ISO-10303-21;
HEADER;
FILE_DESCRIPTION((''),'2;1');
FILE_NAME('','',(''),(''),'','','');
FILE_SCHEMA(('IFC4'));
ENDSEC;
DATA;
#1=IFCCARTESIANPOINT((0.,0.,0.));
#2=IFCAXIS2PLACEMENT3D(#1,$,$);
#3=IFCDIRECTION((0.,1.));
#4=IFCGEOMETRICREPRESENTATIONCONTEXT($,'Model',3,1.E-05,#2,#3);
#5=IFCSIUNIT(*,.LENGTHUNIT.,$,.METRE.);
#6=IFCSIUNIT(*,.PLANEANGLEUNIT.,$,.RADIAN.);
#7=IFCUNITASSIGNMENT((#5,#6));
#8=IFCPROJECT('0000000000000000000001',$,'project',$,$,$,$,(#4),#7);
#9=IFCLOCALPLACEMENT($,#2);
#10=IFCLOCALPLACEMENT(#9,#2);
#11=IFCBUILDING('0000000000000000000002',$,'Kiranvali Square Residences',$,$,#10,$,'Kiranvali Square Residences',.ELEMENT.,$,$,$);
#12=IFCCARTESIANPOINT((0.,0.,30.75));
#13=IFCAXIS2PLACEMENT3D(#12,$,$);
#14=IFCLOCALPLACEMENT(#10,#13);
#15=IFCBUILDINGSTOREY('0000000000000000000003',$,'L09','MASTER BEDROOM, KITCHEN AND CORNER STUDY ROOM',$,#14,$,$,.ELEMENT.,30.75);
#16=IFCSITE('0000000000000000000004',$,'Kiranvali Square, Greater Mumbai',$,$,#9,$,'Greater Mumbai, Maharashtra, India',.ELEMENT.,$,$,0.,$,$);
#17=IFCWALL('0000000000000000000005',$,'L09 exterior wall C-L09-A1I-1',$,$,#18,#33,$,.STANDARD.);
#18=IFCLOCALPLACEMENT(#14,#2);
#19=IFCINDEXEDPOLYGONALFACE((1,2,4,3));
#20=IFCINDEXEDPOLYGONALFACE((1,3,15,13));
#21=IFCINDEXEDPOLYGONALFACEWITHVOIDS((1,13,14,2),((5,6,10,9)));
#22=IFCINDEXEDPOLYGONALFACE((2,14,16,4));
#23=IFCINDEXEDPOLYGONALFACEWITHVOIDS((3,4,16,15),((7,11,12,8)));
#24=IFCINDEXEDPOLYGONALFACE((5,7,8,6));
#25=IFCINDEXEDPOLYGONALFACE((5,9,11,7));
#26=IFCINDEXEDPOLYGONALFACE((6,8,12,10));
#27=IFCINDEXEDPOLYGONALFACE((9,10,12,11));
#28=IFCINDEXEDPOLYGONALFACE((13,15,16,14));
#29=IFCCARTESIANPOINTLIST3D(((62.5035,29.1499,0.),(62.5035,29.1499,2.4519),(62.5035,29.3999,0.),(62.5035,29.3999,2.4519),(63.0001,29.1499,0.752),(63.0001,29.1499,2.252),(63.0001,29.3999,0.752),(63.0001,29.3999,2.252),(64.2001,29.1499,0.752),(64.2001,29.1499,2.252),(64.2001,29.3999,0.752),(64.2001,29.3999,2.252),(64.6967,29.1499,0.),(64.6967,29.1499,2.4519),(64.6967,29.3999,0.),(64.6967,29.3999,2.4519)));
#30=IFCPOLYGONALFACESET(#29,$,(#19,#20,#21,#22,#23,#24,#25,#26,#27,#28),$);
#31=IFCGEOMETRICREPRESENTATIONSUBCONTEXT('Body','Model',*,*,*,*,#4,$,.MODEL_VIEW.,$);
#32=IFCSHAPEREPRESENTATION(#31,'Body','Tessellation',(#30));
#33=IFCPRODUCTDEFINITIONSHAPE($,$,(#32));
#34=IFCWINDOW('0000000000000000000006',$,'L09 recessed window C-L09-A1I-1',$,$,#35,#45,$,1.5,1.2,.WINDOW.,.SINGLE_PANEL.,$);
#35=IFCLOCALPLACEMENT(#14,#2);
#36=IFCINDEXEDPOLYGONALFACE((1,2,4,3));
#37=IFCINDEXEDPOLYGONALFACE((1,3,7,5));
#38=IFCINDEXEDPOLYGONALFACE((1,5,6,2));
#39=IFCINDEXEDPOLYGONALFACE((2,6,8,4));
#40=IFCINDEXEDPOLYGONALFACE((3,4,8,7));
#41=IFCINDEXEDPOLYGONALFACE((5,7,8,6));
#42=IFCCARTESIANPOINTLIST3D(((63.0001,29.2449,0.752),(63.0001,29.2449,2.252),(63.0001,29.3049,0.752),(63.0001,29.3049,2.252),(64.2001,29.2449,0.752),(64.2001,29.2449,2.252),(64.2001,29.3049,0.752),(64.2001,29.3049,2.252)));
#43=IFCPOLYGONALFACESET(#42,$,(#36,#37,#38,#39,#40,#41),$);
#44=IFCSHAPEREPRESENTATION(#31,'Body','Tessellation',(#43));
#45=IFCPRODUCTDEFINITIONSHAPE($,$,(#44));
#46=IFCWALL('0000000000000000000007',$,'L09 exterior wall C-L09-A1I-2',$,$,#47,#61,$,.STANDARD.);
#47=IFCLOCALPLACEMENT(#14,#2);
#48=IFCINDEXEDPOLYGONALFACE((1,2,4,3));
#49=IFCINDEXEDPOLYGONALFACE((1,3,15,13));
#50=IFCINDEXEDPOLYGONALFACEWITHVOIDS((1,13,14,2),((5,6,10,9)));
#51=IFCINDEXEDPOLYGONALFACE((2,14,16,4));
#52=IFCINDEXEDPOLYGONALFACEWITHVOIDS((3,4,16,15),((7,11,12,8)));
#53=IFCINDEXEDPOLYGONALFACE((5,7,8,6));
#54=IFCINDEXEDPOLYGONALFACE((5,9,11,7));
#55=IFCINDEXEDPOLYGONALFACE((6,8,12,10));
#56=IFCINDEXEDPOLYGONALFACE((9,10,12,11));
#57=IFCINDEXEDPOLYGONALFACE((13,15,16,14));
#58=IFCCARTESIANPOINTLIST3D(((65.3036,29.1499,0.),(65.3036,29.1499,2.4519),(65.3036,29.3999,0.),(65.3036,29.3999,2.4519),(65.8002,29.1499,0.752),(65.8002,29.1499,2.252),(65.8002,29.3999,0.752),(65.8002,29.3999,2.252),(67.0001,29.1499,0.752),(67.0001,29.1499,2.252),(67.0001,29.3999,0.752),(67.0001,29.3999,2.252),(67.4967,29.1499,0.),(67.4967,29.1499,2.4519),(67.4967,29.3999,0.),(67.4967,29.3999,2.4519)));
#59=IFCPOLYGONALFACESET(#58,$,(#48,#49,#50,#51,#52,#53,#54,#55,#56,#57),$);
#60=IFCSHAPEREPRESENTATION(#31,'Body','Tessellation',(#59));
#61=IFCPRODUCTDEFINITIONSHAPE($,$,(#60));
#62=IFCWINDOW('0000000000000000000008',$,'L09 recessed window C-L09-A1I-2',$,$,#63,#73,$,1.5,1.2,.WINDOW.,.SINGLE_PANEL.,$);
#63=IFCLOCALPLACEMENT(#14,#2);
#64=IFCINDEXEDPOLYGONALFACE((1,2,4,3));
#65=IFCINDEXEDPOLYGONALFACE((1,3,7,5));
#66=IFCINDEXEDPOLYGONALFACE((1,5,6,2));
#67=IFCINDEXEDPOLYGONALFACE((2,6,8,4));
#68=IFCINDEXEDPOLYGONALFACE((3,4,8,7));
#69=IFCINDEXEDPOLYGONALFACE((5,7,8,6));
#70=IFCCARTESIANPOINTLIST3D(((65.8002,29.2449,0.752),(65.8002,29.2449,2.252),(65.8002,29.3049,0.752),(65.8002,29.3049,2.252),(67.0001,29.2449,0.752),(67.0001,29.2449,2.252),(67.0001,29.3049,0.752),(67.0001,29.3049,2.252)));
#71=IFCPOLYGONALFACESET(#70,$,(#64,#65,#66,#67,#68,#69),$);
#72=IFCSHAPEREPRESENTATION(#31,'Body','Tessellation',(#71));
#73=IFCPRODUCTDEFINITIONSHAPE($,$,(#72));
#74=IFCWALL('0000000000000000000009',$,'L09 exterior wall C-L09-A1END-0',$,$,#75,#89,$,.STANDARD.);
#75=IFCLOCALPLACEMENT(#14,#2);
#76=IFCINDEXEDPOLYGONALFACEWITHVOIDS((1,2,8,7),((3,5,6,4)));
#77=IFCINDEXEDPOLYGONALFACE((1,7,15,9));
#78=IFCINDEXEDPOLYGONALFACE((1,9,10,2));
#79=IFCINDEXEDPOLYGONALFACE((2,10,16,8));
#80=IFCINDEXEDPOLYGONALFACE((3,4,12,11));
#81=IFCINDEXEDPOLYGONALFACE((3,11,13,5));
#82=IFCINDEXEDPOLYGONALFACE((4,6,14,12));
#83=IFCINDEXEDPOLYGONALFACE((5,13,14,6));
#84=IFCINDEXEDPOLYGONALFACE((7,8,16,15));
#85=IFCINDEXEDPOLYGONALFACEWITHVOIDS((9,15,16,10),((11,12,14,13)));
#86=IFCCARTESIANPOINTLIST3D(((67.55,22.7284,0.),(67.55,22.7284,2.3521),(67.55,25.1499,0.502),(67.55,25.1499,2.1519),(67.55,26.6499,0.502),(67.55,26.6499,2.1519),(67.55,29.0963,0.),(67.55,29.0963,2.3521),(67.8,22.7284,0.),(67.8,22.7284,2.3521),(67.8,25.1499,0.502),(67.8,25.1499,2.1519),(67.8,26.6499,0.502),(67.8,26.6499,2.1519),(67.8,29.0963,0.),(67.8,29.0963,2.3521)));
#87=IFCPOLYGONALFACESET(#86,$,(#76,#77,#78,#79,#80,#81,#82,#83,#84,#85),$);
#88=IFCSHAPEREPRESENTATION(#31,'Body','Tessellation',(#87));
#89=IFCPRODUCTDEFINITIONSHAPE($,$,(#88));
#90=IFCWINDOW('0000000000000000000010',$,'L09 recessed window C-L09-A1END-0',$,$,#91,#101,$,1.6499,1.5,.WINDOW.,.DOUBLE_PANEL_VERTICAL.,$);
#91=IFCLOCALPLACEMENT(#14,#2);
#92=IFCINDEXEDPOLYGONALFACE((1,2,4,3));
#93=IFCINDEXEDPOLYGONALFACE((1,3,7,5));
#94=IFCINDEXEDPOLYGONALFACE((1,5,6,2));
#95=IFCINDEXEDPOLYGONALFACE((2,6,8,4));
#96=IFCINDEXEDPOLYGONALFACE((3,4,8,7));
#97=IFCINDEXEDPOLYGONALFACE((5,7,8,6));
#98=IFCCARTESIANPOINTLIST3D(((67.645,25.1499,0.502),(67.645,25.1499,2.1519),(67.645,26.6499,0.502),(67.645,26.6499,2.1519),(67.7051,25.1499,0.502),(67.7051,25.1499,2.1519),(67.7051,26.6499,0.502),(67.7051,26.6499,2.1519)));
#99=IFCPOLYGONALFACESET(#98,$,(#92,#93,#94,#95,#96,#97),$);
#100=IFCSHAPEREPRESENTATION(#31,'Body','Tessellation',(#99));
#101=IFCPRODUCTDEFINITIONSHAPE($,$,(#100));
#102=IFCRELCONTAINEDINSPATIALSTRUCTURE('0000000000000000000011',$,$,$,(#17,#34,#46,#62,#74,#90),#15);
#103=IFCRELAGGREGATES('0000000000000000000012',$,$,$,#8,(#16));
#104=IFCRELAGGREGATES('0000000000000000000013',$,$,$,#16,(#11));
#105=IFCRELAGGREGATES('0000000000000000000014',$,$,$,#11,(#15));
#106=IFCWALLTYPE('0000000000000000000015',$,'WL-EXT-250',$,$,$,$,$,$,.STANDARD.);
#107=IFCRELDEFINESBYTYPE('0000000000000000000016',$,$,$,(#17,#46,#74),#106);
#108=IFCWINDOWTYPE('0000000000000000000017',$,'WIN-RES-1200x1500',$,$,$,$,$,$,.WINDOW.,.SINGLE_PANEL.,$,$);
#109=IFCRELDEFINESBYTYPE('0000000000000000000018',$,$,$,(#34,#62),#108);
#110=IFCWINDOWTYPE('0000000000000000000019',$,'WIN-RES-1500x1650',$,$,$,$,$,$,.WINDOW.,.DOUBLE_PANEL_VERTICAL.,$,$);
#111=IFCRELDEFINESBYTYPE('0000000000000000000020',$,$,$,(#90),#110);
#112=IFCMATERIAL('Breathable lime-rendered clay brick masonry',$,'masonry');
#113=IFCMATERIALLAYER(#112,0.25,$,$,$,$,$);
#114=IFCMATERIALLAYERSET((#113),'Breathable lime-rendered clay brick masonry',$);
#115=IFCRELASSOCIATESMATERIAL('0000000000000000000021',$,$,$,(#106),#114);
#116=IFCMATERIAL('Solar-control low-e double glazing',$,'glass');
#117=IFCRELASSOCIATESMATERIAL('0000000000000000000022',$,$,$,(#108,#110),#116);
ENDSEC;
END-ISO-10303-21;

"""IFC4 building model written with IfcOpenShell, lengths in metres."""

from ifc_helpers import new_model, si_unit, direction, frame, frame_2d, origin, place, context, subcontext, project, spatial, rectangle, extrude, material, layer, layer_set, type_object, element, fill, save


model = new_model("IFC4")

# Units and contexts
model_context = context("Model", 3, precision=1e-05, world=origin(), true_north=direction((0.0, 1.0)))
body_context = subcontext(model_context, "Body", "Model", "MODEL_VIEW")
ifc_project = project(units=[si_unit("LENGTHUNIT", "METRE"), si_unit("PLANEANGLEUNIT", "RADIAN")], contexts=[model_context])

# Site, building, storey
site_placement = place(None, origin())
site = spatial("IfcSite", under=ifc_project, at=site_placement, Name="Kiranvali Square, Greater Mumbai", LongName="Greater Mumbai, Maharashtra, India", CompositionType="ELEMENT", RefElevation=0.0)
building_placement = place(site_placement, origin())
building = spatial("IfcBuilding", under=site, at=building_placement, Name="Kiranvali Square Residences", LongName="Kiranvali Square Residences", CompositionType="ELEMENT")
storey_placement = place(building_placement, frame((0.0, 0.0, 30.75)))
storey = spatial("IfcBuildingStorey", under=building, at=storey_placement, Name="L09", Description="MASTER BEDROOM, KITCHEN AND CORNER STUDY ROOM", CompositionType="ELEMENT", Elevation=30.75)

# Walls, openings, windows
ifc_material_1 = material(Name="Breathable lime-rendered clay brick masonry", Category="masonry")
ifc_layer_1 = layer(ifc_material_1, 0.25)
ifc_layer_set_1 = layer_set([ifc_layer_1], Name="Breathable lime-rendered clay brick masonry")
wall_type_1 = type_object("IfcWallType", Name="WL-EXT-250", PredefinedType="STANDARD", material=ifc_layer_set_1)
wall_1_placement = place(storey_placement, frame((62.5034, 29.2749, 0.0), z_axis=(0.0, 0.0, 1.0), x_axis=(1.0, 0.0, 0.0)))
wall_1 = element("IfcWall", 1, at=wall_1_placement, inside=storey, type_object=wall_type_1, Name="L09 exterior wall C-L09-A1I-1", PredefinedType="STANDARD", context=body_context, shape_type="SweptSolid", body=[
    extrude(rectangle(XDim=2.1931, YDim=0.25, at=frame_2d((1.0967, 0.0))), origin(), (0.0, 0.0, 1.0), 2.4519),
])
opening_1_placement = place(wall_1_placement, frame((0.4966, 0.0, 0.752)))
opening_1 = element("IfcOpeningElement", 2, at=opening_1_placement, cuts=wall_1, PredefinedType="OPENING", context=body_context, shape_type="SweptSolid", body=[
    extrude(rectangle(XDim=1.2, YDim=1.5, at=frame_2d((0.6001, 0.75))), frame((0.0, 0.135, 0.0), z_axis=(0.0, -1.0, 0.0), x_axis=(1.0, 0.0, 0.0)), (0.0, 0.0, 1.0), 0.27),
])
ifc_material_2 = material(Name="Solar-control low-e double glazing", Category="glass")
window_type_1 = type_object("IfcWindowType", Name="WIN-RES-1200x1500", PartitioningType="SINGLE_PANEL", PredefinedType="WINDOW", material=ifc_material_2)
window_1_placement = place(opening_1_placement, origin())
window_1 = element("IfcWindow", 3, at=window_1_placement, inside=storey, type_object=window_type_1, Name="L09 recessed window C-L09-A1I-1", OverallHeight=1.5, OverallWidth=1.2, PartitioningType="SINGLE_PANEL", PredefinedType="WINDOW", context=body_context, shape_type="SweptSolid", body=[
    extrude(rectangle(XDim=1.2, YDim=1.5, at=frame_2d((0.6001, 0.75))), frame((0.0, 0.03, 0.0), z_axis=(0.0, -1.0, 0.0), x_axis=(1.0, 0.0, 0.0)), (0.0, 0.0, 1.0), 0.0601),
])
fill(opening_1, window_1)
wall_2_placement = place(storey_placement, frame((65.3035, 29.2749, 0.0), z_axis=(0.0, 0.0, 1.0), x_axis=(1.0, 0.0, 0.0)))
wall_2 = element("IfcWall", 4, at=wall_2_placement, inside=storey, type_object=wall_type_1, Name="L09 exterior wall C-L09-A1I-2", PredefinedType="STANDARD", context=body_context, shape_type="SweptSolid", body=[
    extrude(rectangle(XDim=2.1931, YDim=0.25, at=frame_2d((1.0967, 0.0))), origin(), (0.0, 0.0, 1.0), 2.4519),
])
opening_2_placement = place(wall_2_placement, frame((0.4966, 0.0, 0.752)))
opening_2 = element("IfcOpeningElement", 5, at=opening_2_placement, cuts=wall_2, PredefinedType="OPENING", context=body_context, shape_type="SweptSolid", body=[
    extrude(rectangle(XDim=1.2, YDim=1.5, at=frame_2d((0.6001, 0.75))), frame((0.0, 0.135, 0.0), z_axis=(0.0, -1.0, 0.0), x_axis=(1.0, 0.0, 0.0)), (0.0, 0.0, 1.0), 0.27),
])
window_2_placement = place(opening_2_placement, origin())
window_2 = element("IfcWindow", 6, at=window_2_placement, inside=storey, type_object=window_type_1, Name="L09 recessed window C-L09-A1I-2", OverallHeight=1.5, OverallWidth=1.2, PartitioningType="SINGLE_PANEL", PredefinedType="WINDOW", context=body_context, shape_type="SweptSolid", body=[
    extrude(rectangle(XDim=1.2, YDim=1.5, at=frame_2d((0.6001, 0.75))), frame((0.0, 0.03, 0.0), z_axis=(0.0, -1.0, 0.0), x_axis=(1.0, 0.0, 0.0)), (0.0, 0.0, 1.0), 0.0601),
])
fill(opening_2, window_2)
wall_3_placement = place(storey_placement, frame((67.675, 29.0964, 0.0), z_axis=(0.0, 0.0, 1.0), x_axis=(0.0, -1.0, 0.0)))
wall_3 = element("IfcWall", 7, at=wall_3_placement, inside=storey, type_object=wall_type_1, Name="L09 exterior wall C-L09-A1END-0", PredefinedType="STANDARD", context=body_context, shape_type="SweptSolid", body=[
    extrude(rectangle(XDim=6.3679, YDim=0.25, at=frame_2d((3.1841, 0.0))), origin(), (0.0, 0.0, 1.0), 2.3521),
])
opening_3_placement = place(wall_3_placement, frame((2.4465, 0.0, 0.502)))
opening_3 = element("IfcOpeningElement", 8, at=opening_3_placement, cuts=wall_3, PredefinedType="OPENING", context=body_context, shape_type="SweptSolid", body=[
    extrude(rectangle(XDim=1.5, YDim=1.6499, at=frame_2d((0.75, 0.825))), frame((0.0, 0.135, 0.0), z_axis=(0.0, -1.0, 0.0), x_axis=(1.0, 0.0, 0.0)), (0.0, 0.0, 1.0), 0.27),
])
window_type_2 = type_object("IfcWindowType", Name="WIN-RES-1500x1650", PartitioningType="DOUBLE_PANEL_VERTICAL", PredefinedType="WINDOW", material=ifc_material_2)
window_3_placement = place(opening_3_placement, origin())
window_3 = element("IfcWindow", 9, at=window_3_placement, inside=storey, type_object=window_type_2, Name="L09 recessed window C-L09-A1END-0", OverallHeight=1.6499, OverallWidth=1.5, PartitioningType="DOUBLE_PANEL_VERTICAL", PredefinedType="WINDOW", context=body_context, shape_type="SweptSolid", body=[
    extrude(rectangle(XDim=1.5, YDim=1.6499, at=frame_2d((0.75, 0.825))), frame((0.0, 0.03, 0.0), z_axis=(0.0, -1.0, 0.0), x_axis=(1.0, 0.0, 0.0)), (0.0, 0.0, 1.0), 0.0601),
])
fill(opening_3, window_3)

save(model, "model.ifc")
